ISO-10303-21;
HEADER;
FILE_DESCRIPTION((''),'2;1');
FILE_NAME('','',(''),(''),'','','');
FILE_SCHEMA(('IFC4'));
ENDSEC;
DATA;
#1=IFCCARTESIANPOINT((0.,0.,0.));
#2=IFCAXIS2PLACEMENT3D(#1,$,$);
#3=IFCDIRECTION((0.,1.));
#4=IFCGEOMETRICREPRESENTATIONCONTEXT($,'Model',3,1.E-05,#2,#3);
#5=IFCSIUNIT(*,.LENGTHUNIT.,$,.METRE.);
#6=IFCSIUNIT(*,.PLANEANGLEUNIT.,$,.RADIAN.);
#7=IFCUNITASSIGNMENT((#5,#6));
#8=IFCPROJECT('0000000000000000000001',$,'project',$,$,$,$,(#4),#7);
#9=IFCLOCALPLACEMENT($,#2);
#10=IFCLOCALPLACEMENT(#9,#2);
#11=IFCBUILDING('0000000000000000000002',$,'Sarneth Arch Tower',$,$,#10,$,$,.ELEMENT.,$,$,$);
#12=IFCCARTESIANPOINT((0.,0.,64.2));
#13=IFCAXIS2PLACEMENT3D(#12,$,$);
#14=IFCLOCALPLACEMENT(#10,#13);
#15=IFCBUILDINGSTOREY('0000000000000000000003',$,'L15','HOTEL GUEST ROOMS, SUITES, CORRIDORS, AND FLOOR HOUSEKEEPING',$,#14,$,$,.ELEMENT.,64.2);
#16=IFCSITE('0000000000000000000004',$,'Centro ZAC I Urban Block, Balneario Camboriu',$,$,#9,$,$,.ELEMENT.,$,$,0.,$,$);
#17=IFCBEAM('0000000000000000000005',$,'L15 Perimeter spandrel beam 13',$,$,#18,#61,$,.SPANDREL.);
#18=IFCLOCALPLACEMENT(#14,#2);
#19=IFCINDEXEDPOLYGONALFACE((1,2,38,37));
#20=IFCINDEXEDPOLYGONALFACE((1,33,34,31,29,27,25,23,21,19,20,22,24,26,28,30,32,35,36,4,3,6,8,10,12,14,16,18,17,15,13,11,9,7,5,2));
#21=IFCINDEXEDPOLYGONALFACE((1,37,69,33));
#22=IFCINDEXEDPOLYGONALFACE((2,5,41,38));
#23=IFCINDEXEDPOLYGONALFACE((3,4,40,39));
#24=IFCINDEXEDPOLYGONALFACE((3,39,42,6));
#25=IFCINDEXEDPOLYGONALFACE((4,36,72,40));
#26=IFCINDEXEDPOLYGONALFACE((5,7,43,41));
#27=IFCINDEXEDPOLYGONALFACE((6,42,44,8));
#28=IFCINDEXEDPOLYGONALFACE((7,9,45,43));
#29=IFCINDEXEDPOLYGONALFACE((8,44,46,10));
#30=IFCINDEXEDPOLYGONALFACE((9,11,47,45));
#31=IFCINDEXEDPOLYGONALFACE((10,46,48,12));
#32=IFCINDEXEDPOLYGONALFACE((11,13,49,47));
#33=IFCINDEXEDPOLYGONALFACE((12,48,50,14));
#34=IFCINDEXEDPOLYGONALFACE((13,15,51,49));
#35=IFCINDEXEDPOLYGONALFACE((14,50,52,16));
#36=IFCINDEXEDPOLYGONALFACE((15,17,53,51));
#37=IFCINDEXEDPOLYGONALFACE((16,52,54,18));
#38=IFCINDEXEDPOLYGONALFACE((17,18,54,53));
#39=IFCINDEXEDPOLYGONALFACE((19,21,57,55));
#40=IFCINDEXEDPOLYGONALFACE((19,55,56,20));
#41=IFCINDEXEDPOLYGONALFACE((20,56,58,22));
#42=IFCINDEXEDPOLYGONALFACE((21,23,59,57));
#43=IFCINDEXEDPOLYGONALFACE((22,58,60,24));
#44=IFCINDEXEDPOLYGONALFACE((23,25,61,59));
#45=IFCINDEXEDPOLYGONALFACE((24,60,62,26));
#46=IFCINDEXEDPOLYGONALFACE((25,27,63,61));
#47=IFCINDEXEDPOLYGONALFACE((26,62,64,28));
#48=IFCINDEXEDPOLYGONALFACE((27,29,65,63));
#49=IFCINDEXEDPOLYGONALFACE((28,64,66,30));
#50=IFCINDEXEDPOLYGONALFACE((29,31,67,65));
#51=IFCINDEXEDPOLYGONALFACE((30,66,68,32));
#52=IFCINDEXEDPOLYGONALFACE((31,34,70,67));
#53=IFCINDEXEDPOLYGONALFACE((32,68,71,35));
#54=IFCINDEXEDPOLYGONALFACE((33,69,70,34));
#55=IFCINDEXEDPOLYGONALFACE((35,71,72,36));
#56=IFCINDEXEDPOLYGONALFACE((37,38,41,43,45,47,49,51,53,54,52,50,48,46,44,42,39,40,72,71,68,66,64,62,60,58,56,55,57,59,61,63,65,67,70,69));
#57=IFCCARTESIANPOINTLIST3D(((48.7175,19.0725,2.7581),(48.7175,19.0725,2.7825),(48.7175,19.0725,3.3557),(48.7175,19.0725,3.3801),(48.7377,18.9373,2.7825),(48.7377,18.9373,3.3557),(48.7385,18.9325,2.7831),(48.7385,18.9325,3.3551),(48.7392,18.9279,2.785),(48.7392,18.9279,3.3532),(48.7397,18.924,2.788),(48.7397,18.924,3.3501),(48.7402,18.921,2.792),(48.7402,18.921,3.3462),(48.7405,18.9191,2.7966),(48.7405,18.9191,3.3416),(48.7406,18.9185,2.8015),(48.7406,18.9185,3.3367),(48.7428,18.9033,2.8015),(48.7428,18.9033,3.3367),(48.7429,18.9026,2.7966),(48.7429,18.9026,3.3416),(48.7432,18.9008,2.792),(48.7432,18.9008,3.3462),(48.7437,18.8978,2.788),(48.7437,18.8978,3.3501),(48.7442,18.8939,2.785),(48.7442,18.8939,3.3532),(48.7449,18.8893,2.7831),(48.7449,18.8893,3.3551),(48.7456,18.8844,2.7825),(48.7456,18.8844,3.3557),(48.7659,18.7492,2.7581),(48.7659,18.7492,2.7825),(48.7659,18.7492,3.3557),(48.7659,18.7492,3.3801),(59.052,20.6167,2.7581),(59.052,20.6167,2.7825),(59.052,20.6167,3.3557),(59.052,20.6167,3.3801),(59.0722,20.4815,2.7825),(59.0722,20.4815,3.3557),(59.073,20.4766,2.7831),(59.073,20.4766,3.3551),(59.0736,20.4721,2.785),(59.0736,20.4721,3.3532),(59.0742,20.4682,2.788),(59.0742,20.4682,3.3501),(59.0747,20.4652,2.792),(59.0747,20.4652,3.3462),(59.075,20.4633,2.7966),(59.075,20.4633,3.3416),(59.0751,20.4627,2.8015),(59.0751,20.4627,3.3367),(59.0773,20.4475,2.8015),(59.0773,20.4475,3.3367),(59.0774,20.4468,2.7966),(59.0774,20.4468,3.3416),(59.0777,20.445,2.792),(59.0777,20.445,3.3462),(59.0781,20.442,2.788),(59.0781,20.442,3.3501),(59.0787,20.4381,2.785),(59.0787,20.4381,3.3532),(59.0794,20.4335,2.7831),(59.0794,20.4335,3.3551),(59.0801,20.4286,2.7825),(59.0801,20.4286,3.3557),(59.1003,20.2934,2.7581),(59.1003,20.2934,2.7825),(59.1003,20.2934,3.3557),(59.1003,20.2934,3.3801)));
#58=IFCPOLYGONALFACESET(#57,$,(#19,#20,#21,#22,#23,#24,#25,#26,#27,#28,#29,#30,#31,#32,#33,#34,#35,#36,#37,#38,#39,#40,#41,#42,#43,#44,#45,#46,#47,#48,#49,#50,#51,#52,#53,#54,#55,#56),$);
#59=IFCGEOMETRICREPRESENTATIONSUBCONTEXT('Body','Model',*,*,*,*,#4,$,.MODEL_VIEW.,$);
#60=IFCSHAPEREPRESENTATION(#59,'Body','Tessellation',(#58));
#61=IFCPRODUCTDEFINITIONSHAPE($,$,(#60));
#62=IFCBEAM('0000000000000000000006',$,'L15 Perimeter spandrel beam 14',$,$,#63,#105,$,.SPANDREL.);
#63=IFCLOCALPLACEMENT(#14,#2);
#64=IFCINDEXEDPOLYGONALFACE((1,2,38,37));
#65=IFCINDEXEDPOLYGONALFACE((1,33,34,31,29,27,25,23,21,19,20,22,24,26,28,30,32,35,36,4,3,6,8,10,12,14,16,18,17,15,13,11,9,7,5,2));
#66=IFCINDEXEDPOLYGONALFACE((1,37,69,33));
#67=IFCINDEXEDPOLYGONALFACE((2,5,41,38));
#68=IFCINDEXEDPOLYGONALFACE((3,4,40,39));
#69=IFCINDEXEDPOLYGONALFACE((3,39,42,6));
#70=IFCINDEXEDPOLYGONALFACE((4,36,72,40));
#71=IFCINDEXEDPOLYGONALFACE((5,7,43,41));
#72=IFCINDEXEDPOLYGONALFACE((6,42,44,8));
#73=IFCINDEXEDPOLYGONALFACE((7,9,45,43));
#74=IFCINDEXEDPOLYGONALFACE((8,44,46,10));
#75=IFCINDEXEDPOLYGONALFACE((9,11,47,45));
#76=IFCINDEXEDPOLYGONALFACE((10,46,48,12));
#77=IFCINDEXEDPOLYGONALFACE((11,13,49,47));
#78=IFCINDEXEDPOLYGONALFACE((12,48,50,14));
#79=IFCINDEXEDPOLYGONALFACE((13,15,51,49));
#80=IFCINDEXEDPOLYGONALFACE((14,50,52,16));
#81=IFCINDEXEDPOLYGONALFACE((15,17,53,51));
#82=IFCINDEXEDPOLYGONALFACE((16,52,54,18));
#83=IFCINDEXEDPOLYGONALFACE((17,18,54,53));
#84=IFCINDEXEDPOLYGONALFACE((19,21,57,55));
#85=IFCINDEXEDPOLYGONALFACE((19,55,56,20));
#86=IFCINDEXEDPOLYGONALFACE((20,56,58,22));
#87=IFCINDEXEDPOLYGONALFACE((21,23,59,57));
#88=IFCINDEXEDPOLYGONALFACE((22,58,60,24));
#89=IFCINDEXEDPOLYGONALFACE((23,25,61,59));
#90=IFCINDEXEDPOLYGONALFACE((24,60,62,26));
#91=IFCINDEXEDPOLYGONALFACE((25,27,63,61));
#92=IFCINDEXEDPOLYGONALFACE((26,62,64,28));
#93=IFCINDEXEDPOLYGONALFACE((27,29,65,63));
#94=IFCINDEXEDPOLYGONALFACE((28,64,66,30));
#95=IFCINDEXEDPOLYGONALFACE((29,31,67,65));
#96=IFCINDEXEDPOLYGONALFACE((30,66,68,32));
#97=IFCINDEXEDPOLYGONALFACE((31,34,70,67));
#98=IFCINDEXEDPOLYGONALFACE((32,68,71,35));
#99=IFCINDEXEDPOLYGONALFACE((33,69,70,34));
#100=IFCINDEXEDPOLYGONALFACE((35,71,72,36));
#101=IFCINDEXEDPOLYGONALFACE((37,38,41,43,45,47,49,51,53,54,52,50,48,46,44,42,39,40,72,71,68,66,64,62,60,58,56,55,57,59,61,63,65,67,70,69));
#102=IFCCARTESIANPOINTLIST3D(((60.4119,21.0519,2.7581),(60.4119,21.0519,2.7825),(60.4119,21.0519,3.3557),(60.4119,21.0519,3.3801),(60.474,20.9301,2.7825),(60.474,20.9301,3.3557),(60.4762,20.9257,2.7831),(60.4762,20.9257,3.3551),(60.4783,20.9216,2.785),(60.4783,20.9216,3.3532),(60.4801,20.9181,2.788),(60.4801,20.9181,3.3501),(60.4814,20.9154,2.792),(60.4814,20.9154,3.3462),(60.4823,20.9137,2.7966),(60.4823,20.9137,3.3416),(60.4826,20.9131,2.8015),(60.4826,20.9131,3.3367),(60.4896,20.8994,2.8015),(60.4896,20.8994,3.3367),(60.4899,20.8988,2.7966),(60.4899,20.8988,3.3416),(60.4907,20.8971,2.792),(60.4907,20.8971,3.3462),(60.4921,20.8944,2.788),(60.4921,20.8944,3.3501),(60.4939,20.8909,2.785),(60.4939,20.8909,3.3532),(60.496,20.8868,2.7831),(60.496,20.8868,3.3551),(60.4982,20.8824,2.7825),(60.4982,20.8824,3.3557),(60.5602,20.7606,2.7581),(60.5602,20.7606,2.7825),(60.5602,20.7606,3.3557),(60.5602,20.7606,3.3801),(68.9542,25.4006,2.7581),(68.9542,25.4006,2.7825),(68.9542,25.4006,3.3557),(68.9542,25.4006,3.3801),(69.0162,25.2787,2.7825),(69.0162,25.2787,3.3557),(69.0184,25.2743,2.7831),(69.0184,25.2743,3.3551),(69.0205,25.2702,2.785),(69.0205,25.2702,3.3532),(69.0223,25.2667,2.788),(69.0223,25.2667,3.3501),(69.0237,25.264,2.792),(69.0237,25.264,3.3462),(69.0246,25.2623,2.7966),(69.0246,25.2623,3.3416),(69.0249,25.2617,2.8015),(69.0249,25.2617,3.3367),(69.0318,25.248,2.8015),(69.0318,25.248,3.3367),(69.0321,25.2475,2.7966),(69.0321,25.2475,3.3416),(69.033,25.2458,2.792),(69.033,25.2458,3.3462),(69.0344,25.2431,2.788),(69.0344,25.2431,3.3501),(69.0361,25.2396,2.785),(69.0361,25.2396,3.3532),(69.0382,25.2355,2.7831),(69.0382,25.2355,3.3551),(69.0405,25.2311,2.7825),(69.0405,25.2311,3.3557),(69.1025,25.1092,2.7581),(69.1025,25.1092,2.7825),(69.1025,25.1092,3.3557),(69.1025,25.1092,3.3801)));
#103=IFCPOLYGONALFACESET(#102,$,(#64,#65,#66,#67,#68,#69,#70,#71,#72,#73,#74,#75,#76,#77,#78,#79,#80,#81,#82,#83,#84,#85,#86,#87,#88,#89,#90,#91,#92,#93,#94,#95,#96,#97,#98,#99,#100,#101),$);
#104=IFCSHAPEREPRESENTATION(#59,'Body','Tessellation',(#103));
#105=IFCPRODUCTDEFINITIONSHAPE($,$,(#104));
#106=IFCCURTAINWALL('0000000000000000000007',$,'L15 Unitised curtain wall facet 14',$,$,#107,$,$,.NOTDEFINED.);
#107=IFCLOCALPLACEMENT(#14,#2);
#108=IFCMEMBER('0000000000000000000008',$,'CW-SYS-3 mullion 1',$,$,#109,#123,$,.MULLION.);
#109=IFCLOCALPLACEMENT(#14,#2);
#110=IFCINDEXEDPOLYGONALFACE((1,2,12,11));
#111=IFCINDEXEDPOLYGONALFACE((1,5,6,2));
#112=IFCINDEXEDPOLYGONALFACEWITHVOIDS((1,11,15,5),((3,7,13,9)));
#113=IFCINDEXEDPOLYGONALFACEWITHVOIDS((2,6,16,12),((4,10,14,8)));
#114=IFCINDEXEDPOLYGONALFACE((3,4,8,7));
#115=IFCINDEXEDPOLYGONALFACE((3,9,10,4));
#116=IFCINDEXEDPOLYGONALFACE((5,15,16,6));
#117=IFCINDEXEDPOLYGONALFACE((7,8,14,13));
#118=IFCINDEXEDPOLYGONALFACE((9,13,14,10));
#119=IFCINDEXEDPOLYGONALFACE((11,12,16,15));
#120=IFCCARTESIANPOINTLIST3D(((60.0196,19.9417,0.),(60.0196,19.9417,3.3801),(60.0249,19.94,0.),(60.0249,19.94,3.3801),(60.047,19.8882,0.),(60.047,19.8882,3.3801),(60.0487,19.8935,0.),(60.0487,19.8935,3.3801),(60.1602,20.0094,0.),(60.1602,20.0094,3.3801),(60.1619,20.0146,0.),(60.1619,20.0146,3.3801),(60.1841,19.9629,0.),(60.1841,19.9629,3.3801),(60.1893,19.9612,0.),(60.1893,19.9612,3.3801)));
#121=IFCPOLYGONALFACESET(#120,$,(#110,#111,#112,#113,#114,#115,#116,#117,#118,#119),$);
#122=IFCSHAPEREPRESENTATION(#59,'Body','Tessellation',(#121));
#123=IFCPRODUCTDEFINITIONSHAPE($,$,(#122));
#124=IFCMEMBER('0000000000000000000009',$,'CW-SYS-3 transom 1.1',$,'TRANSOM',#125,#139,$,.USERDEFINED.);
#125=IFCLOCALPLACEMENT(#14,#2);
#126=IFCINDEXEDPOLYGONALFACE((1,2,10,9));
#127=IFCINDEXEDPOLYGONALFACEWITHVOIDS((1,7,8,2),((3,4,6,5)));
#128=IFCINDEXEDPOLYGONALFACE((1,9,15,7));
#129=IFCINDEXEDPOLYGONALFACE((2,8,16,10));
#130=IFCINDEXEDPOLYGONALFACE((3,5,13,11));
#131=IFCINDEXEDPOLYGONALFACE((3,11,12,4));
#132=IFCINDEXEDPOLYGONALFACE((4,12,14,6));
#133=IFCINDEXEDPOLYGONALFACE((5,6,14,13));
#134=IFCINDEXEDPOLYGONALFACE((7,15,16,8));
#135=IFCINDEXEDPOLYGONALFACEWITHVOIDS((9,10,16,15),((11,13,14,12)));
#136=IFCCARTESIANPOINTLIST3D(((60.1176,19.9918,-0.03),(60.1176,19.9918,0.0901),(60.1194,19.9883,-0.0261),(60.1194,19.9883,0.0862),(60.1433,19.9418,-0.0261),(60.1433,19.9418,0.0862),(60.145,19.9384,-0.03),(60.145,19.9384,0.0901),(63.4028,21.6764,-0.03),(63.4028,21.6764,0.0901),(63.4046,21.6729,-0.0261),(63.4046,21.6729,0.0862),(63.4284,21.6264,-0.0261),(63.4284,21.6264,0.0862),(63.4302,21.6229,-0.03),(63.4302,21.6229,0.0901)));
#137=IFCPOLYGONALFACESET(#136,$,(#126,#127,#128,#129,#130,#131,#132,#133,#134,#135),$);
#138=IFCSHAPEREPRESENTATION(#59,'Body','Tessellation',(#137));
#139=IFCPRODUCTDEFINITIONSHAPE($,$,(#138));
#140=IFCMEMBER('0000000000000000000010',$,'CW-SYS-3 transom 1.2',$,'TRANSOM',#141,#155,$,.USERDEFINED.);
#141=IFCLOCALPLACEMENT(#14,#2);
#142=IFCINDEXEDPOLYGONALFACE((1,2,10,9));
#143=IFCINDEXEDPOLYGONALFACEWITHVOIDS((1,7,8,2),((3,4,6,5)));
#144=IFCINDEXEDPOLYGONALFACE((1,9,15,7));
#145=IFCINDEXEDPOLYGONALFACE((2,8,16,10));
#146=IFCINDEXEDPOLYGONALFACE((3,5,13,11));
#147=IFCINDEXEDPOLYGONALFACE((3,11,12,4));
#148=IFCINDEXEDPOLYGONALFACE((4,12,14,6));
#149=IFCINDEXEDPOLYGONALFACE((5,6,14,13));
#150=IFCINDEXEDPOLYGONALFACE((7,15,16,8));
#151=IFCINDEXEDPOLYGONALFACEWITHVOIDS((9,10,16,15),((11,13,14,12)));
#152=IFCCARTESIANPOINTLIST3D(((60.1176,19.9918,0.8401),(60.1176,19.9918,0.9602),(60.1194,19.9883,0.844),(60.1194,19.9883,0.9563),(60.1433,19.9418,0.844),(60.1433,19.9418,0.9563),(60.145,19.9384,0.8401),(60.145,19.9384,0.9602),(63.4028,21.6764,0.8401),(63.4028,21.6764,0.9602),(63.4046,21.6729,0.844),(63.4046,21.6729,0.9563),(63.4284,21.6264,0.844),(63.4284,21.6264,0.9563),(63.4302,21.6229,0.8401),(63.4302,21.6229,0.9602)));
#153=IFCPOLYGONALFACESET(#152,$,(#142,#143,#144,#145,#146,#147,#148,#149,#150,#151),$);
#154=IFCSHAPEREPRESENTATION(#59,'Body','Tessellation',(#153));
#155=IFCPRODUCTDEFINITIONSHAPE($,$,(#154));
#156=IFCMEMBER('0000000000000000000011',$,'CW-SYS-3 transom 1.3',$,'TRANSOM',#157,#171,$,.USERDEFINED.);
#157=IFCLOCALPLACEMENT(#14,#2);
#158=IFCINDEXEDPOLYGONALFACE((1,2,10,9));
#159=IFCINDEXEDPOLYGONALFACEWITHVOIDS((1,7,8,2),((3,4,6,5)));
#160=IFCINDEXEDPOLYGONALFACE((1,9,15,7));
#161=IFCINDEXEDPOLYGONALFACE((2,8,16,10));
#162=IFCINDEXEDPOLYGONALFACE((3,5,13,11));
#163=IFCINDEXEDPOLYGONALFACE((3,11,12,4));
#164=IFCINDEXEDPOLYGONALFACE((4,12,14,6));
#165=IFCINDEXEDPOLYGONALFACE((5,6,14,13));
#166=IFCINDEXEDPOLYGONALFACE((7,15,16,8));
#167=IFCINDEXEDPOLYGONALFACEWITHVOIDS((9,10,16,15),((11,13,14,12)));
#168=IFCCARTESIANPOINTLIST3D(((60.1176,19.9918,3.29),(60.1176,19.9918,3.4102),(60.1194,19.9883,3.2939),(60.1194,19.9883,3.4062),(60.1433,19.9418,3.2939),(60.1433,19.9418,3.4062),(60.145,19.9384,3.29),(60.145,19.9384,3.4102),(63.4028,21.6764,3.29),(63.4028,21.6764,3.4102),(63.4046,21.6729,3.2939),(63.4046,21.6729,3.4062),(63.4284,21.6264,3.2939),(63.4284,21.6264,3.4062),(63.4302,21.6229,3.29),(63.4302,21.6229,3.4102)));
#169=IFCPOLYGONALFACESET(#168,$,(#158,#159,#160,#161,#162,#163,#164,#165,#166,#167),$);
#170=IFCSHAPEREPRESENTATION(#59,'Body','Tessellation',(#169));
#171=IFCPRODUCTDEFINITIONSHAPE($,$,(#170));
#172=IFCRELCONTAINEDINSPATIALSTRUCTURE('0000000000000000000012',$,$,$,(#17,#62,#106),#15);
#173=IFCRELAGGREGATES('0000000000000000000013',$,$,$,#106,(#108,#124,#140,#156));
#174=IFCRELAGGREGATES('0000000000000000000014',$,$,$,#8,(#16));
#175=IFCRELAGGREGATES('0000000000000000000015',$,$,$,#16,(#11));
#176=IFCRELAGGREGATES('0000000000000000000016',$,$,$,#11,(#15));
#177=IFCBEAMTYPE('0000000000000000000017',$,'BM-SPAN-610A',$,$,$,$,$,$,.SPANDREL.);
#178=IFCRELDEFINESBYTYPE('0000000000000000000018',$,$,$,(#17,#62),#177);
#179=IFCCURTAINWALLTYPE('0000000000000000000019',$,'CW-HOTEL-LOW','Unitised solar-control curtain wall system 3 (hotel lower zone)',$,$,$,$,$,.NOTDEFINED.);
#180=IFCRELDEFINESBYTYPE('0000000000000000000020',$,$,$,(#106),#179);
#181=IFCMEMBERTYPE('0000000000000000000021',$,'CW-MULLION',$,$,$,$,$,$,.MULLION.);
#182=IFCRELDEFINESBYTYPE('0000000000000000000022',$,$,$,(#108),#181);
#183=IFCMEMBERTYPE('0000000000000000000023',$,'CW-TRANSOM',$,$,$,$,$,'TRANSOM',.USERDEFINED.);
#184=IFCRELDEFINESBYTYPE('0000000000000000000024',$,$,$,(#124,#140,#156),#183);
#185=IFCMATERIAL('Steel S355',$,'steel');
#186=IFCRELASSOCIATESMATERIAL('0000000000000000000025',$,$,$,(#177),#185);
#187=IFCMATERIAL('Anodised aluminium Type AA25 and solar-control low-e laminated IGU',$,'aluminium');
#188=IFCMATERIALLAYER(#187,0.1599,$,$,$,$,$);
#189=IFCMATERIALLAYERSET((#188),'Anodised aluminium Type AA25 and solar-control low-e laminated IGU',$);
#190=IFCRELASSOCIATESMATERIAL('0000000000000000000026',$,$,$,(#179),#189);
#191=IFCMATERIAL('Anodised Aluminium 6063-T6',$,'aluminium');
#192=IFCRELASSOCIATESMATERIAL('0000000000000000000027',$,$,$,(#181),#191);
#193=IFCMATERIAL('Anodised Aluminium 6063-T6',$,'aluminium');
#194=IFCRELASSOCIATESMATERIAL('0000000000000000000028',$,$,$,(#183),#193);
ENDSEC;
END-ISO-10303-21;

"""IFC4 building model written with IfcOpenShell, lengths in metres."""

from ifc_helpers import new_model, si_unit, direction, frame, origin, origin_2d, place, context, subcontext, project, spatial, hollow_rectangle, i_section, extrude, material, layer, layer_set, material_profile, profile_set, type_object, element, aggregate, save


model = new_model("IFC4")

# Units and contexts
model_context = context("Model", 3, precision=1e-05, world=origin(), true_north=direction((0.0, 1.0)))
body_context = subcontext(model_context, "Body", "Model", "MODEL_VIEW")
ifc_project = project(units=[si_unit("LENGTHUNIT", "METRE"), si_unit("PLANEANGLEUNIT", "RADIAN")], contexts=[model_context])

# Site, building, storey
site_placement = place(None, origin())
site = spatial("IfcSite", under=ifc_project, at=site_placement, Name="Centro ZAC I Urban Block, Balneario Camboriu", CompositionType="ELEMENT", RefElevation=0.0)
building_placement = place(site_placement, origin())
building = spatial("IfcBuilding", under=site, at=building_placement, Name="Sarneth Arch Tower", CompositionType="ELEMENT")
storey_placement = place(building_placement, frame((0.0, 0.0, 64.2)))
storey = spatial("IfcBuildingStorey", under=building, at=storey_placement, Name="L15", Description="HOTEL GUEST ROOMS, SUITES, CORRIDORS, AND FLOOR HOUSEKEEPING", CompositionType="ELEMENT", Elevation=64.2)

# Beams
ifc_material_1 = material(Name="Steel S355", Category="steel")
ifc_material_profile_1 = material_profile(ifc_material_1, i_section(OverallWidth=0.3269, OverallDepth=0.6221, WebThickness=0.0154, FlangeThickness=0.0244, FilletRadius=0.019, at=origin_2d()), Name="W610x195")
ifc_profile_set_1 = profile_set([ifc_material_profile_1], Name="Steel S355")
beam_type_1 = type_object("IfcBeamType", Name="BM-SPAN-610A", PredefinedType="SPANDREL", material=ifc_profile_set_1)
beam_1_placement = place(storey_placement, frame((48.7417, 18.9109, 3.0691), z_axis=(0.98902, 0.147781, 0.0), x_axis=(-0.147781, 0.98902, 0.0)))
element("IfcBeam", 1, at=beam_1_placement, inside=storey, type_object=beam_type_1, Name="L15 Perimeter spandrel beam 13", PredefinedType="SPANDREL", context=body_context, shape_type="SweptSolid", body=[
    extrude(i_section(OverallWidth=0.3269, OverallDepth=0.6221, WebThickness=0.0154, FlangeThickness=0.0244, FilletRadius=0.019, at=origin_2d()), origin(), (0.0, 0.0, 1.0), 10.4492),
])
beam_2_placement = place(storey_placement, frame((60.4861, 20.9062, 3.0691), z_axis=(0.891169, 0.453671, 0.0), x_axis=(-0.453671, 0.891169, 0.0)))
element("IfcBeam", 2, at=beam_2_placement, inside=storey, type_object=beam_type_1, Name="L15 Perimeter spandrel beam 14", PredefinedType="SPANDREL", context=body_context, shape_type="SweptSolid", body=[
    extrude(i_section(OverallWidth=0.3269, OverallDepth=0.6221, WebThickness=0.0154, FlangeThickness=0.0244, FilletRadius=0.019, at=origin_2d()), origin(), (0.0, 0.0, 1.0), 9.5854),
])

# Curtain wall, members
ifc_material_2 = material(Name="Anodised aluminium Type AA25 and solar-control low-e laminated IGU", Category="aluminium")
ifc_layer_1 = layer(ifc_material_2, 0.1599)
ifc_layer_set_1 = layer_set([ifc_layer_1], Name="Anodised aluminium Type AA25 and solar-control low-e laminated IGU")
curtain_wall_type = type_object("IfcCurtainWallType", Name="CW-HOTEL-LOW", Description="Unitised solar-control curtain wall system 3 (hotel lower zone)", PredefinedType="NOTDEFINED", material=ifc_layer_set_1)
curtain_wall_placement = place(storey_placement, origin())
curtain_wall = element("IfcCurtainWall", 3, at=curtain_wall_placement, inside=storey, type_object=curtain_wall_type, Name="L15 Unitised curtain wall facet 14", PredefinedType="NOTDEFINED")
ifc_material_3 = material(Name="Anodised Aluminium 6063-T6", Category="aluminium")
ifc_material_profile_2 = material_profile(ifc_material_3, hollow_rectangle(XDim=0.0601, YDim=0.1599, WallThickness=0.0039, at=origin_2d()), Name="AL-MULL-160x60x4")
ifc_profile_set_2 = profile_set([ifc_material_profile_2], Name="Anodised Aluminium 6063-T6")
member_type_1 = type_object("IfcMemberType", Name="CW-MULLION", PredefinedType="MULLION", material=ifc_profile_set_2)
member_1_placement = place(storey_placement, frame((60.1045, 19.9514, 0.0), z_axis=(0.0, 0.0, 1.0), x_axis=(-0.456245, 0.889854, 0.0)))
member_1 = element("IfcMember", 4, at=member_1_placement, type_object=member_type_1, Name="CW-SYS-3 mullion 1", PredefinedType="MULLION", context=body_context, shape_type="SweptSolid", body=[
    extrude(hollow_rectangle(XDim=0.0601, YDim=0.1599, WallThickness=0.0039, at=origin_2d()), origin(), (0.0, 0.0, 1.0), 3.3801),
])
ifc_material_4 = material(Name="Anodised Aluminium 6063-T6", Category="aluminium")
ifc_material_profile_3 = material_profile(ifc_material_4, hollow_rectangle(XDim=0.0601, YDim=0.1201, WallThickness=0.0039, at=origin_2d()), Name="AL-TRAN-120x60x4")
ifc_profile_set_3 = profile_set([ifc_material_profile_3], Name="Anodised Aluminium 6063-T6")
member_type_2 = type_object("IfcMemberType", Name="CW-TRANSOM", ElementType="TRANSOM", PredefinedType="USERDEFINED", material=ifc_profile_set_3)
member_2_placement = place(storey_placement, frame((60.1313, 19.9651, 0.03), z_axis=(0.889831, 0.45629, 0.0), x_axis=(-0.45629, 0.889831, 0.0)))
member_2 = element("IfcMember", 5, at=member_2_placement, type_object=member_type_2, Name="CW-SYS-3 transom 1.1", ObjectType="TRANSOM", PredefinedType="USERDEFINED", context=body_context, shape_type="SweptSolid", body=[
    extrude(hollow_rectangle(XDim=0.0601, YDim=0.1201, WallThickness=0.0039, at=origin_2d()), origin(), (0.0, 0.0, 1.0), 3.6919),
])
member_3_placement = place(storey_placement, frame((60.1313, 19.9651, 0.9001), z_axis=(0.889831, 0.45629, 0.0), x_axis=(-0.45629, 0.889831, 0.0)))
member_3 = element("IfcMember", 6, at=member_3_placement, type_object=member_type_2, Name="CW-SYS-3 transom 1.2", ObjectType="TRANSOM", PredefinedType="USERDEFINED", context=body_context, shape_type="SweptSolid", body=[
    extrude(hollow_rectangle(XDim=0.0601, YDim=0.1201, WallThickness=0.0039, at=origin_2d()), origin(), (0.0, 0.0, 1.0), 3.6919),
])
member_4_placement = place(storey_placement, frame((60.1313, 19.9651, 3.3501), z_axis=(0.889831, 0.45629, 0.0), x_axis=(-0.45629, 0.889831, 0.0)))
member_4 = element("IfcMember", 7, at=member_4_placement, type_object=member_type_2, Name="CW-SYS-3 transom 1.3", ObjectType="TRANSOM", PredefinedType="USERDEFINED", context=body_context, shape_type="SweptSolid", body=[
    extrude(hollow_rectangle(XDim=0.0601, YDim=0.1201, WallThickness=0.0039, at=origin_2d()), origin(), (0.0, 0.0, 1.0), 3.6919),
])
aggregate(curtain_wall, [member_1, member_2, member_3, member_4])

save(model, "model.ifc")
